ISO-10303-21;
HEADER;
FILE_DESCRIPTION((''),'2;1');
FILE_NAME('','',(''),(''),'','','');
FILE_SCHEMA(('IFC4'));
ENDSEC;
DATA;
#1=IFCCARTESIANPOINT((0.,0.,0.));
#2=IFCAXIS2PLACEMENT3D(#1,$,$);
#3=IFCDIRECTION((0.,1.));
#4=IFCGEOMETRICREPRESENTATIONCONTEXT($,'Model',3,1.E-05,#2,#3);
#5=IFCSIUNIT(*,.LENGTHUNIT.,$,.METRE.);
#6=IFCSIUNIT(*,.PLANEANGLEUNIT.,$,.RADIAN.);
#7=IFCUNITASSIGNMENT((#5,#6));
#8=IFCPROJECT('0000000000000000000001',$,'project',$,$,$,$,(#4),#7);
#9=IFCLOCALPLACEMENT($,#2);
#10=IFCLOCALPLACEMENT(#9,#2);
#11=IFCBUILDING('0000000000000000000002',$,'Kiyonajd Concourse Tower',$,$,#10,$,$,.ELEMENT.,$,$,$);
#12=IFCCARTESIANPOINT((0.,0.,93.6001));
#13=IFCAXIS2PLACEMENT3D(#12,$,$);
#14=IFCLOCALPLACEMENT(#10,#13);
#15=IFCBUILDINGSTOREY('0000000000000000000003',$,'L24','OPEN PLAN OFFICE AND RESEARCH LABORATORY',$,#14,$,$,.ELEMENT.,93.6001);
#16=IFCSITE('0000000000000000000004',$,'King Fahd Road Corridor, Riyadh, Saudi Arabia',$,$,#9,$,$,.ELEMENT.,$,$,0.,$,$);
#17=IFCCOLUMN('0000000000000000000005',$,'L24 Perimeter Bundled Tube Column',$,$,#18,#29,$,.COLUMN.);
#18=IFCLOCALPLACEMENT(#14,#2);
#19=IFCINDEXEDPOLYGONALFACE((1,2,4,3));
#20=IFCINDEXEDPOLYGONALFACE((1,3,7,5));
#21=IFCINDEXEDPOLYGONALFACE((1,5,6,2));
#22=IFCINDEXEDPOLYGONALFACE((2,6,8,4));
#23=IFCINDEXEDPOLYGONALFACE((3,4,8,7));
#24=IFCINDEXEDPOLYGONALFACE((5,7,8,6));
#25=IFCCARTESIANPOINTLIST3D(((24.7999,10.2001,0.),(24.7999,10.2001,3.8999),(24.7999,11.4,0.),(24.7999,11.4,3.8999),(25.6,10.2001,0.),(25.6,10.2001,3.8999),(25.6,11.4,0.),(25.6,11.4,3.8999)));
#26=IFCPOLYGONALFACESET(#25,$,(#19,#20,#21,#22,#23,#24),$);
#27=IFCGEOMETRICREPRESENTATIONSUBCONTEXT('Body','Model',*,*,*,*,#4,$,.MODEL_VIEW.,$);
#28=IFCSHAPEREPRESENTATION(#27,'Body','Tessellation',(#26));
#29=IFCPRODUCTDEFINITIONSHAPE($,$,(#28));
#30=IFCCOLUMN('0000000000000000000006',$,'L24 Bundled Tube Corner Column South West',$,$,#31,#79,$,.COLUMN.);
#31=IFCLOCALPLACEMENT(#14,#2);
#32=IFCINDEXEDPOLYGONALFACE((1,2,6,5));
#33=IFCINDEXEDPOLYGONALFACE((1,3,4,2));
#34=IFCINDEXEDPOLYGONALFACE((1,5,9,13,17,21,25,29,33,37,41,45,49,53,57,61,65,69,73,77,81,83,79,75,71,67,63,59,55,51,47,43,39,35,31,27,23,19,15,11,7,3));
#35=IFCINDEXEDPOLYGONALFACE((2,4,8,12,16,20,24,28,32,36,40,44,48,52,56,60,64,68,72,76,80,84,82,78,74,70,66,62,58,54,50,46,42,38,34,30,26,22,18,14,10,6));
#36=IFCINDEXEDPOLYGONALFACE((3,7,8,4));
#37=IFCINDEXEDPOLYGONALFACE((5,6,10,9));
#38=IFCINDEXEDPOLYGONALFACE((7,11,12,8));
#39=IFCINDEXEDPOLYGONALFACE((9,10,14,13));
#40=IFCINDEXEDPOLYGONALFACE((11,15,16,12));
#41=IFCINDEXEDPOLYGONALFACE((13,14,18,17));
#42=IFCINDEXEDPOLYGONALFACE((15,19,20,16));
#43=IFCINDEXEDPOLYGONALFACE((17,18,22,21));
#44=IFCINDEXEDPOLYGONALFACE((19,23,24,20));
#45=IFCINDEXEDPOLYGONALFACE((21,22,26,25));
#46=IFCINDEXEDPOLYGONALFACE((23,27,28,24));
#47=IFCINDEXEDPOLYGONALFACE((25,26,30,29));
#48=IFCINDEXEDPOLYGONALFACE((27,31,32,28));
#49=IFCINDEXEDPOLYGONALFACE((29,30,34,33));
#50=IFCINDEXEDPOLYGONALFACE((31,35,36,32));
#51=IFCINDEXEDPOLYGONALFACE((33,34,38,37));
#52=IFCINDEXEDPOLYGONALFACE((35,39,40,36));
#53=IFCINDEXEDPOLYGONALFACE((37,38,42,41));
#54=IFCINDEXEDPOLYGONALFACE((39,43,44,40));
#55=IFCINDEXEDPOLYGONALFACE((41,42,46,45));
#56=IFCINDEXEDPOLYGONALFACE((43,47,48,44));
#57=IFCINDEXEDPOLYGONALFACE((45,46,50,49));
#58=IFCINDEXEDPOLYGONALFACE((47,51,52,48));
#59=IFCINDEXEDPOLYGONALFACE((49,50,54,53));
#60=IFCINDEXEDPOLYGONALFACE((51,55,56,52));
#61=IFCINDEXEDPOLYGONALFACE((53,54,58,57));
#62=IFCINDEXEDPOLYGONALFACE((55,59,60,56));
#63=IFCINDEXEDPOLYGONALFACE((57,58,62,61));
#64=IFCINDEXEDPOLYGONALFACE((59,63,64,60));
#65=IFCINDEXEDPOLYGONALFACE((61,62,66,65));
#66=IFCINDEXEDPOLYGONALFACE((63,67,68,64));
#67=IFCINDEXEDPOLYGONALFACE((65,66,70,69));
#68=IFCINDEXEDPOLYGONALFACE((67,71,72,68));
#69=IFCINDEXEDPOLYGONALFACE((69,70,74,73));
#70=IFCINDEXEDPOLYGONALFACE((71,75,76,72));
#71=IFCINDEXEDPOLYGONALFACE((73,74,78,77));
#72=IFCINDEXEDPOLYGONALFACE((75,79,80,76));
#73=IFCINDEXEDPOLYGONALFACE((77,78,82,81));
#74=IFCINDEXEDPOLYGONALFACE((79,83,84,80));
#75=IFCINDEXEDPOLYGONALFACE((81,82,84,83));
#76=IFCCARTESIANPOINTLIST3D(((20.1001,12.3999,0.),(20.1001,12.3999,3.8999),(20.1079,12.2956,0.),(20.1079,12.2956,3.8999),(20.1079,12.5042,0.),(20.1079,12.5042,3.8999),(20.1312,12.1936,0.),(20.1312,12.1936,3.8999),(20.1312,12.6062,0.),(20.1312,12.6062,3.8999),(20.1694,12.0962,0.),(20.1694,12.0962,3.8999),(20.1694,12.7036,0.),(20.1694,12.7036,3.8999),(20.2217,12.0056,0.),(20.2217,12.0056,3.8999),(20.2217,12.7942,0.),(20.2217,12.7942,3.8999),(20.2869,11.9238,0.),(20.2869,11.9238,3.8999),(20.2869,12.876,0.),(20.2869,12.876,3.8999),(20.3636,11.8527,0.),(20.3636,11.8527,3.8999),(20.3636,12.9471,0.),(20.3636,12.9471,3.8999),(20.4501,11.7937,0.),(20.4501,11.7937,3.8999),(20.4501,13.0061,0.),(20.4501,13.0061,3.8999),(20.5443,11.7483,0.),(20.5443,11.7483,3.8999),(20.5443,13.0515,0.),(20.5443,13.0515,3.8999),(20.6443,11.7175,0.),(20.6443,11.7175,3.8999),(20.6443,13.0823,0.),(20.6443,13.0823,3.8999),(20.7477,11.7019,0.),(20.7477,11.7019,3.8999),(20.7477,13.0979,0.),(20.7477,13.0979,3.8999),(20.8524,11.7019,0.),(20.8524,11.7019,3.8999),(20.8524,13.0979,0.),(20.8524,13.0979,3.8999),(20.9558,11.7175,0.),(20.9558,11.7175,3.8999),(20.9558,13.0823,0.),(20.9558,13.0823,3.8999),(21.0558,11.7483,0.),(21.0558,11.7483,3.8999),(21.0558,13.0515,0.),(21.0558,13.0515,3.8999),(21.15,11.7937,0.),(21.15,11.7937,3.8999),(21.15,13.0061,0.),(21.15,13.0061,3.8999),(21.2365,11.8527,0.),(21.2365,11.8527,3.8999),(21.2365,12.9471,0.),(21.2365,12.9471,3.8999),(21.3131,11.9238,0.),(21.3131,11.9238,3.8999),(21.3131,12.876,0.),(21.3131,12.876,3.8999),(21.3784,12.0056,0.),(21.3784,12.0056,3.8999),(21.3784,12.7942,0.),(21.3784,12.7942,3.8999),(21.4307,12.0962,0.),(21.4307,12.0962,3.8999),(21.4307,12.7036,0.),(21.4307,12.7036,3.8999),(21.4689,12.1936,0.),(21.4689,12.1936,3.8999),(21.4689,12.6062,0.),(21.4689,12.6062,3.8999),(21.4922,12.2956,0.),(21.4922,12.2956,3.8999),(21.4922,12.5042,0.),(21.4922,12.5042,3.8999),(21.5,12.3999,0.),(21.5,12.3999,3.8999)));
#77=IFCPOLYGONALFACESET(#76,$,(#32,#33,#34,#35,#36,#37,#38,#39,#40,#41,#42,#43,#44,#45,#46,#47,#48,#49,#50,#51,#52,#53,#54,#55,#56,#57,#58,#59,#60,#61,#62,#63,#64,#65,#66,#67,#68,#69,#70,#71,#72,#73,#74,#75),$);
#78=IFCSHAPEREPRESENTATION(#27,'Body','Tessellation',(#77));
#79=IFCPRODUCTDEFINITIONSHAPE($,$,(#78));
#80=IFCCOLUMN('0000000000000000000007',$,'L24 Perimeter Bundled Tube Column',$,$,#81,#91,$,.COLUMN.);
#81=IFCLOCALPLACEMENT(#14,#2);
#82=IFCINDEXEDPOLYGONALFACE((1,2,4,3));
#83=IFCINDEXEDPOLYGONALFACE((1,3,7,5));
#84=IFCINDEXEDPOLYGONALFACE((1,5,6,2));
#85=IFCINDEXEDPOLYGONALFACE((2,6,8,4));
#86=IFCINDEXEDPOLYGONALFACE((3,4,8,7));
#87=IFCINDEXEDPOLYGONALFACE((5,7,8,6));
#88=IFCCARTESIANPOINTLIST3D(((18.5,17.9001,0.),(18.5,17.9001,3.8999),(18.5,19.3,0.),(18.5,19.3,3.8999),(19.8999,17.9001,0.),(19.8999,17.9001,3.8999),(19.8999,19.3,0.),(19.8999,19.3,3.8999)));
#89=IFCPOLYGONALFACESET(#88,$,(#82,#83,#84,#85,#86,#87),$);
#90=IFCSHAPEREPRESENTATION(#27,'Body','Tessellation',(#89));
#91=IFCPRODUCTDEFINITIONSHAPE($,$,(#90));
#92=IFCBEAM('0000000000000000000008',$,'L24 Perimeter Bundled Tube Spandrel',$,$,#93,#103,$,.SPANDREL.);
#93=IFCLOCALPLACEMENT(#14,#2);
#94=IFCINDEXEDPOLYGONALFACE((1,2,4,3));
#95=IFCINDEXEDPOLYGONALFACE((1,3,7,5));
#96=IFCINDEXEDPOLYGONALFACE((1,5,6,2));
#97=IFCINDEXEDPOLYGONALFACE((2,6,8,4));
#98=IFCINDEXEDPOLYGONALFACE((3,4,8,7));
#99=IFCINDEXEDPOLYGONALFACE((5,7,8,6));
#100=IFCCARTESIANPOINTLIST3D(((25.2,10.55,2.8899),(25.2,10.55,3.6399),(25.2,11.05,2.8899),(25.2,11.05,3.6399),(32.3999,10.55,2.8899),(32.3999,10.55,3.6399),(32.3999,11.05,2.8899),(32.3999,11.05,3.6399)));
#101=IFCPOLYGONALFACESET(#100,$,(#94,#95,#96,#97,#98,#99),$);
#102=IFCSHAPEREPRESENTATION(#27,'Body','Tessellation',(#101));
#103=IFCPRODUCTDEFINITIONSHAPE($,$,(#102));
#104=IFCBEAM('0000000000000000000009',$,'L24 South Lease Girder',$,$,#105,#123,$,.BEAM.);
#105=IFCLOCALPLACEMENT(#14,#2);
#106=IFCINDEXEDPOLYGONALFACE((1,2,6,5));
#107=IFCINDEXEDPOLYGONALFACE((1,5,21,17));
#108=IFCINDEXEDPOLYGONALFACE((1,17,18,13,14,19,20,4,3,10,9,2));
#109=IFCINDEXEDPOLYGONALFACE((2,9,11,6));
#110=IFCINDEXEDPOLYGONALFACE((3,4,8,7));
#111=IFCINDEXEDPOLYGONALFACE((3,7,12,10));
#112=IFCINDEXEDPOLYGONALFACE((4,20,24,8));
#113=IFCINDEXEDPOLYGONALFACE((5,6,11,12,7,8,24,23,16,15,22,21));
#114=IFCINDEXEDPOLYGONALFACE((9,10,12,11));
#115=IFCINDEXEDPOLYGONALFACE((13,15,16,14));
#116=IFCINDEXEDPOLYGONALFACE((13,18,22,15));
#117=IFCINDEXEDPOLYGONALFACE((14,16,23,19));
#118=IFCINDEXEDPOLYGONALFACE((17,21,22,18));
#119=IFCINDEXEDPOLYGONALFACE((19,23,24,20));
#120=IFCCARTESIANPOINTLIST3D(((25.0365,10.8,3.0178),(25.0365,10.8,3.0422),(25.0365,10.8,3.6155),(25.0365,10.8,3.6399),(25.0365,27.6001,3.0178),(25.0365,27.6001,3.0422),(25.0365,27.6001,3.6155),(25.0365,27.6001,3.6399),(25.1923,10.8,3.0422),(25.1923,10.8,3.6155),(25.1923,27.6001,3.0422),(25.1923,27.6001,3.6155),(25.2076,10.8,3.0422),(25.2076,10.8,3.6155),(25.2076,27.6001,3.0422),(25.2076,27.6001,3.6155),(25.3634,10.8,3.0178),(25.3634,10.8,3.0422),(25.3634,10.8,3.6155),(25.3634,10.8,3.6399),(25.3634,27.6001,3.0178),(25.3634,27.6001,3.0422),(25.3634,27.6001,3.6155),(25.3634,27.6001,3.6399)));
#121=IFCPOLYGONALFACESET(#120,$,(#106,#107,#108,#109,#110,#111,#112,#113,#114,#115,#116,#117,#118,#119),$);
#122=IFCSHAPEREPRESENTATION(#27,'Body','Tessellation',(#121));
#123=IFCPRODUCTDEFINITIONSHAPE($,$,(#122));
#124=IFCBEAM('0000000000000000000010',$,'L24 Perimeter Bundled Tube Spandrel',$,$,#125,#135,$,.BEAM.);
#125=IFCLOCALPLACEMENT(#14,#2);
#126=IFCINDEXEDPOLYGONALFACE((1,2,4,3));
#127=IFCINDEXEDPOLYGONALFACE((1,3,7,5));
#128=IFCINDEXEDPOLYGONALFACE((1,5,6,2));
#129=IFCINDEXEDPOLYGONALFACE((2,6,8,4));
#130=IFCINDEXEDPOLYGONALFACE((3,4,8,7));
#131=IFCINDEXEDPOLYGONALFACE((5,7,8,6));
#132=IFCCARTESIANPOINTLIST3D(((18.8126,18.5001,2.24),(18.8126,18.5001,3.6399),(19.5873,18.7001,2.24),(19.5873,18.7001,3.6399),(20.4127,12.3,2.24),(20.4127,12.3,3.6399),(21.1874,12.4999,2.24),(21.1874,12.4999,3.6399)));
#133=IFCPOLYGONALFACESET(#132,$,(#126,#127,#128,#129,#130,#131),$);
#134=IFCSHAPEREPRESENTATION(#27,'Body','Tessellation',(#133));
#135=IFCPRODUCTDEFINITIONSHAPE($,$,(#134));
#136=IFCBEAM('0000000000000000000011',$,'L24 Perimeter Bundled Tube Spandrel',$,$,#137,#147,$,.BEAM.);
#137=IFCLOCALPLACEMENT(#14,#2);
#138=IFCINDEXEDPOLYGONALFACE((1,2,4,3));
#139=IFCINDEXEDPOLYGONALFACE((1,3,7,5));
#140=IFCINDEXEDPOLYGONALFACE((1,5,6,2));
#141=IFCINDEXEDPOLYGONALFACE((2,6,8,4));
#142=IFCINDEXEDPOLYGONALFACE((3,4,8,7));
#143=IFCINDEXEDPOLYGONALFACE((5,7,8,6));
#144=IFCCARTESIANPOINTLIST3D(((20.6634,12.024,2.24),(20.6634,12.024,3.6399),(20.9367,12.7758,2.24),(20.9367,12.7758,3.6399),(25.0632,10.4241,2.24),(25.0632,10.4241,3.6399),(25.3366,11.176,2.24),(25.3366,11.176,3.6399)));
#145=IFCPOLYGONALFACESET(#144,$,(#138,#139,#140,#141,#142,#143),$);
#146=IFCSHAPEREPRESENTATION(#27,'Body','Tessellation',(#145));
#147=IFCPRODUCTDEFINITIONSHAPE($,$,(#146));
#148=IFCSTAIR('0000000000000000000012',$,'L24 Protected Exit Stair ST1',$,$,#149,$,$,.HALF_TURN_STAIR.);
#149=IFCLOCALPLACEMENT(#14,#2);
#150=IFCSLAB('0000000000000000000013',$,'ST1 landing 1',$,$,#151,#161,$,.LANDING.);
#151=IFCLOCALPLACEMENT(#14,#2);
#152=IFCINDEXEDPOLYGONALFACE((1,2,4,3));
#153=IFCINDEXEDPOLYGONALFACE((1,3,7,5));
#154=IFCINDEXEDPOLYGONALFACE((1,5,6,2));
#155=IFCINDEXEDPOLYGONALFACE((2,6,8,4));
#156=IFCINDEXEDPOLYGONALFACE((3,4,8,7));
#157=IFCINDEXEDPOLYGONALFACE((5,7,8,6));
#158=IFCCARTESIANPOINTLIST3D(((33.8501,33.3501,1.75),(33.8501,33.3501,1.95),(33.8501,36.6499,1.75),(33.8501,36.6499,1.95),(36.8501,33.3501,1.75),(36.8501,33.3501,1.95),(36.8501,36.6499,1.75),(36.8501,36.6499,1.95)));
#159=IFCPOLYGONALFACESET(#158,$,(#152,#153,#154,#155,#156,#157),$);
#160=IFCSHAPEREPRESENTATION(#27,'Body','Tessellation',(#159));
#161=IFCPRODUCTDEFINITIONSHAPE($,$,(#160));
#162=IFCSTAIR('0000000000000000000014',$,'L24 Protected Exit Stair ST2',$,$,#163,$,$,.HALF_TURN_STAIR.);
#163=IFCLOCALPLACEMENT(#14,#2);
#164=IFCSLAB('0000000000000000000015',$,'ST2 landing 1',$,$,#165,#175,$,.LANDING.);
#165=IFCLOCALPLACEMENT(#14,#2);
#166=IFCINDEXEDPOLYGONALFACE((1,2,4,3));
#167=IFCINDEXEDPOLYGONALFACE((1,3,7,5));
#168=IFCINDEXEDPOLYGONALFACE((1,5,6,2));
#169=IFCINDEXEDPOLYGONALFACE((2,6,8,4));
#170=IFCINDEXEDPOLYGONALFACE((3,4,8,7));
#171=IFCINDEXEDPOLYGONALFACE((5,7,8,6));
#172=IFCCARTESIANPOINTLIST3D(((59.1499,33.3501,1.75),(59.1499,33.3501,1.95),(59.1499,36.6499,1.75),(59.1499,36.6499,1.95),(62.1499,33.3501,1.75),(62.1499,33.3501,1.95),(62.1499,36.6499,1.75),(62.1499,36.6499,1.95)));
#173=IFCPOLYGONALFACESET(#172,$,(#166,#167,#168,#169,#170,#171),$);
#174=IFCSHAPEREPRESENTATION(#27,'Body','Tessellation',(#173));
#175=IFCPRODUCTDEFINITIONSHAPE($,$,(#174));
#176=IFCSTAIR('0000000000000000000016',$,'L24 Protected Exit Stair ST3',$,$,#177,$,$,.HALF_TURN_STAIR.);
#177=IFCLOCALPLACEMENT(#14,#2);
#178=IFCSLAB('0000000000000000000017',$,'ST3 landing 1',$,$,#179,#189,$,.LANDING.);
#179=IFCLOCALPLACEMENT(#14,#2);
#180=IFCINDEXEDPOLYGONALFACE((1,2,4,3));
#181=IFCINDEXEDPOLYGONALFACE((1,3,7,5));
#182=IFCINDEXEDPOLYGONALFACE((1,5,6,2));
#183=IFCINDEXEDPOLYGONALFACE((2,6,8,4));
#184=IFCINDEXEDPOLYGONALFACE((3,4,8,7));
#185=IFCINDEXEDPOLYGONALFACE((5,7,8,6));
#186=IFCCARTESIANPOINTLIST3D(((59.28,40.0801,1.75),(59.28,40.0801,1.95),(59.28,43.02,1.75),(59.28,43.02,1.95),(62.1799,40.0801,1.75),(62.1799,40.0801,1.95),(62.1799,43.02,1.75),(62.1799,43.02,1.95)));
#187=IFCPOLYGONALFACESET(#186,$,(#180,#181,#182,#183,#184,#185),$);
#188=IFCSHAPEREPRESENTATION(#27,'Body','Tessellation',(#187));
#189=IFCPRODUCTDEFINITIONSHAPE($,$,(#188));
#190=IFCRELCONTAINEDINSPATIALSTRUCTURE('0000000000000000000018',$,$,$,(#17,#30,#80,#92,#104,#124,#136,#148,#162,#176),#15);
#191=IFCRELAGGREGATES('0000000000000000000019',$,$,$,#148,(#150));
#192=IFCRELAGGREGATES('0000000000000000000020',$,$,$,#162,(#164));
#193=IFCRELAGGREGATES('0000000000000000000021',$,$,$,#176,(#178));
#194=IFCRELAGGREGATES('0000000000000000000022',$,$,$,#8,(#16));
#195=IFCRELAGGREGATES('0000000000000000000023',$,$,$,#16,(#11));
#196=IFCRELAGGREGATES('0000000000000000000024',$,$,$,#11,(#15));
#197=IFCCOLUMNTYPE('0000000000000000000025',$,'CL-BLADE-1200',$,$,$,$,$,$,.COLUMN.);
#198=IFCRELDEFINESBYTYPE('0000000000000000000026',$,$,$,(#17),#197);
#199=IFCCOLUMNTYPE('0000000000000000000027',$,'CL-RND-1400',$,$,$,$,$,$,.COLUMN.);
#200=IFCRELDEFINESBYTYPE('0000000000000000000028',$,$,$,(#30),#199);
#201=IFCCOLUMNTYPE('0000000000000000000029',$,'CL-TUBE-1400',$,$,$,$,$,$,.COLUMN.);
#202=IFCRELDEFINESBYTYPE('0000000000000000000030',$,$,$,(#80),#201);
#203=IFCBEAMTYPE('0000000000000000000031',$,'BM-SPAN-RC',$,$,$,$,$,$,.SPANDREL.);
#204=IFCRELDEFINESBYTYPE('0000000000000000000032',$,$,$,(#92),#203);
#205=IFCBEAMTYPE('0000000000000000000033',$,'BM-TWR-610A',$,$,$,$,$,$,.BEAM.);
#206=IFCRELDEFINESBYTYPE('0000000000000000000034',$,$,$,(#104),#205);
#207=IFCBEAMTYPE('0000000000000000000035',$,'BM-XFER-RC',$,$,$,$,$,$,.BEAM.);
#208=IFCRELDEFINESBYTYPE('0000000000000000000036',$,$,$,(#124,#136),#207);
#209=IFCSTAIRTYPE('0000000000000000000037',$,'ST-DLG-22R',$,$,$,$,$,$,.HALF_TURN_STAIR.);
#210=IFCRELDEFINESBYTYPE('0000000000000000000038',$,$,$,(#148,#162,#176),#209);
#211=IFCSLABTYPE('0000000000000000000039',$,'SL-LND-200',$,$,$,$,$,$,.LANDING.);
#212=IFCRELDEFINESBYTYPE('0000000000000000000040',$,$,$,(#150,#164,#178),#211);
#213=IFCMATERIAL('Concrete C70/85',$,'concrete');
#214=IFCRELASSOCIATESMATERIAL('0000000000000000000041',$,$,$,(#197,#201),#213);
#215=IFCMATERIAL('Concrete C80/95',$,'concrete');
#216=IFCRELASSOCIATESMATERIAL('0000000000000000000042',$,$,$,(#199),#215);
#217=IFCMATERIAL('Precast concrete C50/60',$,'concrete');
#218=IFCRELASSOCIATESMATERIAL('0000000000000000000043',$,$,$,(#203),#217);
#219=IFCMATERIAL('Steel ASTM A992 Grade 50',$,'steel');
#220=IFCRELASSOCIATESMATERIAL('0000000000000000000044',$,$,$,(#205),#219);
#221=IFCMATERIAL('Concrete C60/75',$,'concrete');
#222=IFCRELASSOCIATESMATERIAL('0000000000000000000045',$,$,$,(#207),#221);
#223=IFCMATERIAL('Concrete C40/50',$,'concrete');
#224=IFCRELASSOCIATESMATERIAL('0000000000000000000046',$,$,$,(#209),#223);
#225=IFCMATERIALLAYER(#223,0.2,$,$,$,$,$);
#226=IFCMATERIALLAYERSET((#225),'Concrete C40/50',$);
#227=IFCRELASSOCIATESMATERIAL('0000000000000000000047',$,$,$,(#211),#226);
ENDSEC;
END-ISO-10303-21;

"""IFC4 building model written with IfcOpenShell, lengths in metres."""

from ifc_helpers import new_model, si_unit, direction, frame, origin, origin_2d, place, context, subcontext, project, spatial, polyline, rectangle, circle, i_section, outline, extrude, material, layer, layer_set, material_profile, profile_set, type_object, element, aggregate, save


model = new_model("IFC4")

# Units and contexts
model_context = context("Model", 3, precision=1e-05, world=origin(), true_north=direction((0.0, 1.0)))
body_context = subcontext(model_context, "Body", "Model", "MODEL_VIEW")
ifc_project = project(units=[si_unit("LENGTHUNIT", "METRE"), si_unit("PLANEANGLEUNIT", "RADIAN")], contexts=[model_context])

# Site, building, storey
site_placement = place(None, origin())
site = spatial("IfcSite", under=ifc_project, at=site_placement, Name="King Fahd Road Corridor, Riyadh, Saudi Arabia", CompositionType="ELEMENT", RefElevation=0.0)
building_placement = place(site_placement, origin())
building = spatial("IfcBuilding", under=site, at=building_placement, Name="Kiyonajd Concourse Tower", CompositionType="ELEMENT")
storey_placement = place(building_placement, frame((0.0, 0.0, 93.6001)))
storey = spatial("IfcBuildingStorey", under=building, at=storey_placement, Name="L24", Description="OPEN PLAN OFFICE AND RESEARCH LABORATORY", CompositionType="ELEMENT", Elevation=93.6001)

# Columns
ifc_material_1 = material(Name="Concrete C70/85", Category="concrete")
ifc_material_profile_1 = material_profile(ifc_material_1, rectangle(XDim=0.8, YDim=1.2, at=origin_2d()), Name="RC-1200x800")
ifc_profile_set_1 = profile_set([ifc_material_profile_1], Name="Concrete C70/85")
column_type_1 = type_object("IfcColumnType", Name="CL-BLADE-1200", PredefinedType="COLUMN", material=ifc_profile_set_1)
column_1_placement = place(storey_placement, frame((25.2, 10.8, 0.0), z_axis=(0.0, 0.0, 1.0), x_axis=(1.0, 0.0, 0.0)))
element("IfcColumn", 1, at=column_1_placement, inside=storey, type_object=column_type_1, Name="L24 Perimeter Bundled Tube Column", PredefinedType="COLUMN", context=body_context, shape_type="SweptSolid", body=[
    extrude(rectangle(XDim=0.8, YDim=1.2, at=origin_2d()), origin(), (0.0, 0.0, 1.0), 3.8999),
])
ifc_material_2 = material(Name="Concrete C80/95", Category="concrete")
ifc_material_profile_2 = material_profile(ifc_material_2, circle(Radius=0.7, at=origin_2d()), Name="RCC-D1400")
ifc_profile_set_2 = profile_set([ifc_material_profile_2], Name="Concrete C80/95")
column_type_2 = type_object("IfcColumnType", Name="CL-RND-1400", PredefinedType="COLUMN", material=ifc_profile_set_2)
column_2_placement = place(storey_placement, frame((20.8, 12.3999, 0.0), z_axis=(0.0, 0.0, 1.0), x_axis=(1.0, 0.0, 0.0)))
element("IfcColumn", 2, at=column_2_placement, inside=storey, type_object=column_type_2, Name="L24 Bundled Tube Corner Column South West", PredefinedType="COLUMN", context=body_context, shape_type="SweptSolid", body=[
    extrude(circle(Radius=0.7, at=origin_2d()), origin(), (0.0, 0.0, 1.0), 3.8999),
])
ifc_material_profile_3 = material_profile(ifc_material_1, rectangle(XDim=1.3999, YDim=1.3999, at=origin_2d()), Name="RC-1400x1400")
ifc_profile_set_3 = profile_set([ifc_material_profile_3], Name="Concrete C70/85")
column_type_3 = type_object("IfcColumnType", Name="CL-TUBE-1400", PredefinedType="COLUMN", material=ifc_profile_set_3)
column_3_placement = place(storey_placement, frame((19.2, 18.6001, 0.0), z_axis=(0.0, 0.0, 1.0), x_axis=(1.0, 0.0, 0.0)))
element("IfcColumn", 3, at=column_3_placement, inside=storey, type_object=column_type_3, Name="L24 Perimeter Bundled Tube Column", PredefinedType="COLUMN", context=body_context, shape_type="SweptSolid", body=[
    extrude(rectangle(XDim=1.3999, YDim=1.3999, at=origin_2d()), origin(), (0.0, 0.0, 1.0), 3.8999),
])

# Beams
ifc_material_3 = material(Name="Precast concrete C50/60", Category="concrete")
ifc_material_profile_4 = material_profile(ifc_material_3, rectangle(XDim=0.5, YDim=0.75, at=origin_2d()), Name="RCBM-500x750")
ifc_profile_set_4 = profile_set([ifc_material_profile_4], Name="Precast concrete C50/60")
beam_type_1 = type_object("IfcBeamType", Name="BM-SPAN-RC", PredefinedType="SPANDREL", material=ifc_profile_set_4)
beam_1_placement = place(storey_placement, frame((25.2, 10.8, 3.2649), z_axis=(1.0, 0.0, 0.0), x_axis=(0.0, 1.0, 0.0)))
element("IfcBeam", 4, at=beam_1_placement, inside=storey, type_object=beam_type_1, Name="L24 Perimeter Bundled Tube Spandrel", PredefinedType="SPANDREL", context=body_context, shape_type="SweptSolid", body=[
    extrude(rectangle(XDim=0.5, YDim=0.75, at=origin_2d()), origin(), (0.0, 0.0, 1.0), 7.2),
])
ifc_material_4 = material(Name="Steel ASTM A992 Grade 50", Category="steel")
ifc_material_profile_5 = material_profile(ifc_material_4, i_section(OverallWidth=0.3269, OverallDepth=0.6221, WebThickness=0.0154, FlangeThickness=0.0244, at=origin_2d()), Name="W610X195")
ifc_profile_set_5 = profile_set([ifc_material_profile_5], Name="Steel ASTM A992 Grade 50")
beam_type_2 = type_object("IfcBeamType", Name="BM-TWR-610A", PredefinedType="BEAM", material=ifc_profile_set_5)
beam_2_placement = place(storey_placement, frame((25.2, 10.8, 3.3289), z_axis=(0.0, 1.0, 0.0), x_axis=(-1.0, 0.0, 0.0)))
element("IfcBeam", 5, at=beam_2_placement, inside=storey, type_object=beam_type_2, Name="L24 South Lease Girder", PredefinedType="BEAM", context=body_context, shape_type="SweptSolid", body=[
    extrude(i_section(OverallWidth=0.3269, OverallDepth=0.6221, WebThickness=0.0154, FlangeThickness=0.0244, at=origin_2d()), origin(), (0.0, 0.0, 1.0), 16.8),
])
ifc_material_5 = material(Name="Concrete C60/75", Category="concrete")
ifc_material_profile_6 = material_profile(ifc_material_5, rectangle(XDim=0.8, YDim=1.3999, at=origin_2d()), Name="RCBM-800x1400")
ifc_profile_set_6 = profile_set([ifc_material_profile_6], Name="Concrete C60/75")
beam_type_3 = type_object("IfcBeamType", Name="BM-XFER-RC", PredefinedType="BEAM", material=ifc_profile_set_6)
beam_3_placement = place(storey_placement, frame((19.2, 18.6001, 2.9399), z_axis=(0.249885, -0.968276, 0.0), x_axis=(0.968276, 0.249885, 0.0)))
element("IfcBeam", 6, at=beam_3_placement, inside=storey, type_object=beam_type_3, Name="L24 Perimeter Bundled Tube Spandrel", PredefinedType="BEAM", context=body_context, shape_type="SweptSolid", body=[
    extrude(rectangle(XDim=0.8, YDim=1.3999, at=origin_2d()), origin(), (0.0, 0.0, 1.0), 6.4033),
])
beam_4_placement = place(storey_placement, frame((20.8, 12.3999, 2.9399), z_axis=(0.939801, -0.341722, 0.0), x_axis=(0.341722, 0.939801, 0.0)))
element("IfcBeam", 7, at=beam_4_placement, inside=storey, type_object=beam_type_3, Name="L24 Perimeter Bundled Tube Spandrel", PredefinedType="BEAM", context=body_context, shape_type="SweptSolid", body=[
    extrude(rectangle(XDim=0.8, YDim=1.3999, at=origin_2d()), origin(), (0.0, 0.0, 1.0), 4.6816),
])

# Stairs, slabs
ifc_material_6 = material(Name="Concrete C40/50", Category="concrete")
stair_type = type_object("IfcStairType", Name="ST-DLG-22R", PredefinedType="HALF_TURN_STAIR", material=ifc_material_6)
stair_1_placement = place(storey_placement, origin())
stair_1 = element("IfcStair", 8, at=stair_1_placement, inside=storey, type_object=stair_type, Name="L24 Protected Exit Stair ST1", PredefinedType="HALF_TURN_STAIR")
ifc_layer_1 = layer(ifc_material_6, 0.2)
ifc_layer_set_1 = layer_set([ifc_layer_1], Name="Concrete C40/50")
slab_type_1 = type_object("IfcSlabType", Name="SL-LND-200", PredefinedType="LANDING", material=ifc_layer_set_1)
slab_1_placement = place(storey_placement, frame((0.0, 0.0, 1.75)))
slab_1 = element("IfcSlab", 9, at=slab_1_placement, type_object=slab_type_1, Name="ST1 landing 1", PredefinedType="LANDING", context=body_context, shape_type="SweptSolid", body=[
    extrude(outline(polyline([(36.8501, 33.3501), (36.8501, 36.6499), (33.8501, 36.6499), (33.8501, 33.3501), (36.8501, 33.3501)])), origin(), (0.0, 0.0, 1.0), 0.2),
])
aggregate(stair_1, [slab_1])
stair_2_placement = place(storey_placement, origin())
stair_2 = element("IfcStair", 10, at=stair_2_placement, inside=storey, type_object=stair_type, Name="L24 Protected Exit Stair ST2", PredefinedType="HALF_TURN_STAIR")
slab_2_placement = place(storey_placement, frame((0.0, 0.0, 1.75)))
slab_2 = element("IfcSlab", 11, at=slab_2_placement, type_object=slab_type_1, Name="ST2 landing 1", PredefinedType="LANDING", context=body_context, shape_type="SweptSolid", body=[
    extrude(outline(polyline([(62.1499, 33.3501), (62.1499, 36.6499), (59.1499, 36.6499), (59.1499, 33.3501), (62.1499, 33.3501)])), origin(), (0.0, 0.0, 1.0), 0.2),
])
aggregate(stair_2, [slab_2])
stair_3_placement = place(storey_placement, origin())
stair_3 = element("IfcStair", 12, at=stair_3_placement, inside=storey, type_object=stair_type, Name="L24 Protected Exit Stair ST3", PredefinedType="HALF_TURN_STAIR")
slab_3_placement = place(storey_placement, frame((0.0, 0.0, 1.75)))
slab_3 = element("IfcSlab", 13, at=slab_3_placement, type_object=slab_type_1, Name="ST3 landing 1", PredefinedType="LANDING", context=body_context, shape_type="SweptSolid", body=[
    extrude(outline(polyline([(59.28, 40.0801), (62.1799, 40.0801), (62.1799, 43.02), (59.28, 43.02), (59.28, 40.0801)])), origin(), (0.0, 0.0, 1.0), 0.2),
])
aggregate(stair_3, [slab_3])

save(model, "model.ifc")
